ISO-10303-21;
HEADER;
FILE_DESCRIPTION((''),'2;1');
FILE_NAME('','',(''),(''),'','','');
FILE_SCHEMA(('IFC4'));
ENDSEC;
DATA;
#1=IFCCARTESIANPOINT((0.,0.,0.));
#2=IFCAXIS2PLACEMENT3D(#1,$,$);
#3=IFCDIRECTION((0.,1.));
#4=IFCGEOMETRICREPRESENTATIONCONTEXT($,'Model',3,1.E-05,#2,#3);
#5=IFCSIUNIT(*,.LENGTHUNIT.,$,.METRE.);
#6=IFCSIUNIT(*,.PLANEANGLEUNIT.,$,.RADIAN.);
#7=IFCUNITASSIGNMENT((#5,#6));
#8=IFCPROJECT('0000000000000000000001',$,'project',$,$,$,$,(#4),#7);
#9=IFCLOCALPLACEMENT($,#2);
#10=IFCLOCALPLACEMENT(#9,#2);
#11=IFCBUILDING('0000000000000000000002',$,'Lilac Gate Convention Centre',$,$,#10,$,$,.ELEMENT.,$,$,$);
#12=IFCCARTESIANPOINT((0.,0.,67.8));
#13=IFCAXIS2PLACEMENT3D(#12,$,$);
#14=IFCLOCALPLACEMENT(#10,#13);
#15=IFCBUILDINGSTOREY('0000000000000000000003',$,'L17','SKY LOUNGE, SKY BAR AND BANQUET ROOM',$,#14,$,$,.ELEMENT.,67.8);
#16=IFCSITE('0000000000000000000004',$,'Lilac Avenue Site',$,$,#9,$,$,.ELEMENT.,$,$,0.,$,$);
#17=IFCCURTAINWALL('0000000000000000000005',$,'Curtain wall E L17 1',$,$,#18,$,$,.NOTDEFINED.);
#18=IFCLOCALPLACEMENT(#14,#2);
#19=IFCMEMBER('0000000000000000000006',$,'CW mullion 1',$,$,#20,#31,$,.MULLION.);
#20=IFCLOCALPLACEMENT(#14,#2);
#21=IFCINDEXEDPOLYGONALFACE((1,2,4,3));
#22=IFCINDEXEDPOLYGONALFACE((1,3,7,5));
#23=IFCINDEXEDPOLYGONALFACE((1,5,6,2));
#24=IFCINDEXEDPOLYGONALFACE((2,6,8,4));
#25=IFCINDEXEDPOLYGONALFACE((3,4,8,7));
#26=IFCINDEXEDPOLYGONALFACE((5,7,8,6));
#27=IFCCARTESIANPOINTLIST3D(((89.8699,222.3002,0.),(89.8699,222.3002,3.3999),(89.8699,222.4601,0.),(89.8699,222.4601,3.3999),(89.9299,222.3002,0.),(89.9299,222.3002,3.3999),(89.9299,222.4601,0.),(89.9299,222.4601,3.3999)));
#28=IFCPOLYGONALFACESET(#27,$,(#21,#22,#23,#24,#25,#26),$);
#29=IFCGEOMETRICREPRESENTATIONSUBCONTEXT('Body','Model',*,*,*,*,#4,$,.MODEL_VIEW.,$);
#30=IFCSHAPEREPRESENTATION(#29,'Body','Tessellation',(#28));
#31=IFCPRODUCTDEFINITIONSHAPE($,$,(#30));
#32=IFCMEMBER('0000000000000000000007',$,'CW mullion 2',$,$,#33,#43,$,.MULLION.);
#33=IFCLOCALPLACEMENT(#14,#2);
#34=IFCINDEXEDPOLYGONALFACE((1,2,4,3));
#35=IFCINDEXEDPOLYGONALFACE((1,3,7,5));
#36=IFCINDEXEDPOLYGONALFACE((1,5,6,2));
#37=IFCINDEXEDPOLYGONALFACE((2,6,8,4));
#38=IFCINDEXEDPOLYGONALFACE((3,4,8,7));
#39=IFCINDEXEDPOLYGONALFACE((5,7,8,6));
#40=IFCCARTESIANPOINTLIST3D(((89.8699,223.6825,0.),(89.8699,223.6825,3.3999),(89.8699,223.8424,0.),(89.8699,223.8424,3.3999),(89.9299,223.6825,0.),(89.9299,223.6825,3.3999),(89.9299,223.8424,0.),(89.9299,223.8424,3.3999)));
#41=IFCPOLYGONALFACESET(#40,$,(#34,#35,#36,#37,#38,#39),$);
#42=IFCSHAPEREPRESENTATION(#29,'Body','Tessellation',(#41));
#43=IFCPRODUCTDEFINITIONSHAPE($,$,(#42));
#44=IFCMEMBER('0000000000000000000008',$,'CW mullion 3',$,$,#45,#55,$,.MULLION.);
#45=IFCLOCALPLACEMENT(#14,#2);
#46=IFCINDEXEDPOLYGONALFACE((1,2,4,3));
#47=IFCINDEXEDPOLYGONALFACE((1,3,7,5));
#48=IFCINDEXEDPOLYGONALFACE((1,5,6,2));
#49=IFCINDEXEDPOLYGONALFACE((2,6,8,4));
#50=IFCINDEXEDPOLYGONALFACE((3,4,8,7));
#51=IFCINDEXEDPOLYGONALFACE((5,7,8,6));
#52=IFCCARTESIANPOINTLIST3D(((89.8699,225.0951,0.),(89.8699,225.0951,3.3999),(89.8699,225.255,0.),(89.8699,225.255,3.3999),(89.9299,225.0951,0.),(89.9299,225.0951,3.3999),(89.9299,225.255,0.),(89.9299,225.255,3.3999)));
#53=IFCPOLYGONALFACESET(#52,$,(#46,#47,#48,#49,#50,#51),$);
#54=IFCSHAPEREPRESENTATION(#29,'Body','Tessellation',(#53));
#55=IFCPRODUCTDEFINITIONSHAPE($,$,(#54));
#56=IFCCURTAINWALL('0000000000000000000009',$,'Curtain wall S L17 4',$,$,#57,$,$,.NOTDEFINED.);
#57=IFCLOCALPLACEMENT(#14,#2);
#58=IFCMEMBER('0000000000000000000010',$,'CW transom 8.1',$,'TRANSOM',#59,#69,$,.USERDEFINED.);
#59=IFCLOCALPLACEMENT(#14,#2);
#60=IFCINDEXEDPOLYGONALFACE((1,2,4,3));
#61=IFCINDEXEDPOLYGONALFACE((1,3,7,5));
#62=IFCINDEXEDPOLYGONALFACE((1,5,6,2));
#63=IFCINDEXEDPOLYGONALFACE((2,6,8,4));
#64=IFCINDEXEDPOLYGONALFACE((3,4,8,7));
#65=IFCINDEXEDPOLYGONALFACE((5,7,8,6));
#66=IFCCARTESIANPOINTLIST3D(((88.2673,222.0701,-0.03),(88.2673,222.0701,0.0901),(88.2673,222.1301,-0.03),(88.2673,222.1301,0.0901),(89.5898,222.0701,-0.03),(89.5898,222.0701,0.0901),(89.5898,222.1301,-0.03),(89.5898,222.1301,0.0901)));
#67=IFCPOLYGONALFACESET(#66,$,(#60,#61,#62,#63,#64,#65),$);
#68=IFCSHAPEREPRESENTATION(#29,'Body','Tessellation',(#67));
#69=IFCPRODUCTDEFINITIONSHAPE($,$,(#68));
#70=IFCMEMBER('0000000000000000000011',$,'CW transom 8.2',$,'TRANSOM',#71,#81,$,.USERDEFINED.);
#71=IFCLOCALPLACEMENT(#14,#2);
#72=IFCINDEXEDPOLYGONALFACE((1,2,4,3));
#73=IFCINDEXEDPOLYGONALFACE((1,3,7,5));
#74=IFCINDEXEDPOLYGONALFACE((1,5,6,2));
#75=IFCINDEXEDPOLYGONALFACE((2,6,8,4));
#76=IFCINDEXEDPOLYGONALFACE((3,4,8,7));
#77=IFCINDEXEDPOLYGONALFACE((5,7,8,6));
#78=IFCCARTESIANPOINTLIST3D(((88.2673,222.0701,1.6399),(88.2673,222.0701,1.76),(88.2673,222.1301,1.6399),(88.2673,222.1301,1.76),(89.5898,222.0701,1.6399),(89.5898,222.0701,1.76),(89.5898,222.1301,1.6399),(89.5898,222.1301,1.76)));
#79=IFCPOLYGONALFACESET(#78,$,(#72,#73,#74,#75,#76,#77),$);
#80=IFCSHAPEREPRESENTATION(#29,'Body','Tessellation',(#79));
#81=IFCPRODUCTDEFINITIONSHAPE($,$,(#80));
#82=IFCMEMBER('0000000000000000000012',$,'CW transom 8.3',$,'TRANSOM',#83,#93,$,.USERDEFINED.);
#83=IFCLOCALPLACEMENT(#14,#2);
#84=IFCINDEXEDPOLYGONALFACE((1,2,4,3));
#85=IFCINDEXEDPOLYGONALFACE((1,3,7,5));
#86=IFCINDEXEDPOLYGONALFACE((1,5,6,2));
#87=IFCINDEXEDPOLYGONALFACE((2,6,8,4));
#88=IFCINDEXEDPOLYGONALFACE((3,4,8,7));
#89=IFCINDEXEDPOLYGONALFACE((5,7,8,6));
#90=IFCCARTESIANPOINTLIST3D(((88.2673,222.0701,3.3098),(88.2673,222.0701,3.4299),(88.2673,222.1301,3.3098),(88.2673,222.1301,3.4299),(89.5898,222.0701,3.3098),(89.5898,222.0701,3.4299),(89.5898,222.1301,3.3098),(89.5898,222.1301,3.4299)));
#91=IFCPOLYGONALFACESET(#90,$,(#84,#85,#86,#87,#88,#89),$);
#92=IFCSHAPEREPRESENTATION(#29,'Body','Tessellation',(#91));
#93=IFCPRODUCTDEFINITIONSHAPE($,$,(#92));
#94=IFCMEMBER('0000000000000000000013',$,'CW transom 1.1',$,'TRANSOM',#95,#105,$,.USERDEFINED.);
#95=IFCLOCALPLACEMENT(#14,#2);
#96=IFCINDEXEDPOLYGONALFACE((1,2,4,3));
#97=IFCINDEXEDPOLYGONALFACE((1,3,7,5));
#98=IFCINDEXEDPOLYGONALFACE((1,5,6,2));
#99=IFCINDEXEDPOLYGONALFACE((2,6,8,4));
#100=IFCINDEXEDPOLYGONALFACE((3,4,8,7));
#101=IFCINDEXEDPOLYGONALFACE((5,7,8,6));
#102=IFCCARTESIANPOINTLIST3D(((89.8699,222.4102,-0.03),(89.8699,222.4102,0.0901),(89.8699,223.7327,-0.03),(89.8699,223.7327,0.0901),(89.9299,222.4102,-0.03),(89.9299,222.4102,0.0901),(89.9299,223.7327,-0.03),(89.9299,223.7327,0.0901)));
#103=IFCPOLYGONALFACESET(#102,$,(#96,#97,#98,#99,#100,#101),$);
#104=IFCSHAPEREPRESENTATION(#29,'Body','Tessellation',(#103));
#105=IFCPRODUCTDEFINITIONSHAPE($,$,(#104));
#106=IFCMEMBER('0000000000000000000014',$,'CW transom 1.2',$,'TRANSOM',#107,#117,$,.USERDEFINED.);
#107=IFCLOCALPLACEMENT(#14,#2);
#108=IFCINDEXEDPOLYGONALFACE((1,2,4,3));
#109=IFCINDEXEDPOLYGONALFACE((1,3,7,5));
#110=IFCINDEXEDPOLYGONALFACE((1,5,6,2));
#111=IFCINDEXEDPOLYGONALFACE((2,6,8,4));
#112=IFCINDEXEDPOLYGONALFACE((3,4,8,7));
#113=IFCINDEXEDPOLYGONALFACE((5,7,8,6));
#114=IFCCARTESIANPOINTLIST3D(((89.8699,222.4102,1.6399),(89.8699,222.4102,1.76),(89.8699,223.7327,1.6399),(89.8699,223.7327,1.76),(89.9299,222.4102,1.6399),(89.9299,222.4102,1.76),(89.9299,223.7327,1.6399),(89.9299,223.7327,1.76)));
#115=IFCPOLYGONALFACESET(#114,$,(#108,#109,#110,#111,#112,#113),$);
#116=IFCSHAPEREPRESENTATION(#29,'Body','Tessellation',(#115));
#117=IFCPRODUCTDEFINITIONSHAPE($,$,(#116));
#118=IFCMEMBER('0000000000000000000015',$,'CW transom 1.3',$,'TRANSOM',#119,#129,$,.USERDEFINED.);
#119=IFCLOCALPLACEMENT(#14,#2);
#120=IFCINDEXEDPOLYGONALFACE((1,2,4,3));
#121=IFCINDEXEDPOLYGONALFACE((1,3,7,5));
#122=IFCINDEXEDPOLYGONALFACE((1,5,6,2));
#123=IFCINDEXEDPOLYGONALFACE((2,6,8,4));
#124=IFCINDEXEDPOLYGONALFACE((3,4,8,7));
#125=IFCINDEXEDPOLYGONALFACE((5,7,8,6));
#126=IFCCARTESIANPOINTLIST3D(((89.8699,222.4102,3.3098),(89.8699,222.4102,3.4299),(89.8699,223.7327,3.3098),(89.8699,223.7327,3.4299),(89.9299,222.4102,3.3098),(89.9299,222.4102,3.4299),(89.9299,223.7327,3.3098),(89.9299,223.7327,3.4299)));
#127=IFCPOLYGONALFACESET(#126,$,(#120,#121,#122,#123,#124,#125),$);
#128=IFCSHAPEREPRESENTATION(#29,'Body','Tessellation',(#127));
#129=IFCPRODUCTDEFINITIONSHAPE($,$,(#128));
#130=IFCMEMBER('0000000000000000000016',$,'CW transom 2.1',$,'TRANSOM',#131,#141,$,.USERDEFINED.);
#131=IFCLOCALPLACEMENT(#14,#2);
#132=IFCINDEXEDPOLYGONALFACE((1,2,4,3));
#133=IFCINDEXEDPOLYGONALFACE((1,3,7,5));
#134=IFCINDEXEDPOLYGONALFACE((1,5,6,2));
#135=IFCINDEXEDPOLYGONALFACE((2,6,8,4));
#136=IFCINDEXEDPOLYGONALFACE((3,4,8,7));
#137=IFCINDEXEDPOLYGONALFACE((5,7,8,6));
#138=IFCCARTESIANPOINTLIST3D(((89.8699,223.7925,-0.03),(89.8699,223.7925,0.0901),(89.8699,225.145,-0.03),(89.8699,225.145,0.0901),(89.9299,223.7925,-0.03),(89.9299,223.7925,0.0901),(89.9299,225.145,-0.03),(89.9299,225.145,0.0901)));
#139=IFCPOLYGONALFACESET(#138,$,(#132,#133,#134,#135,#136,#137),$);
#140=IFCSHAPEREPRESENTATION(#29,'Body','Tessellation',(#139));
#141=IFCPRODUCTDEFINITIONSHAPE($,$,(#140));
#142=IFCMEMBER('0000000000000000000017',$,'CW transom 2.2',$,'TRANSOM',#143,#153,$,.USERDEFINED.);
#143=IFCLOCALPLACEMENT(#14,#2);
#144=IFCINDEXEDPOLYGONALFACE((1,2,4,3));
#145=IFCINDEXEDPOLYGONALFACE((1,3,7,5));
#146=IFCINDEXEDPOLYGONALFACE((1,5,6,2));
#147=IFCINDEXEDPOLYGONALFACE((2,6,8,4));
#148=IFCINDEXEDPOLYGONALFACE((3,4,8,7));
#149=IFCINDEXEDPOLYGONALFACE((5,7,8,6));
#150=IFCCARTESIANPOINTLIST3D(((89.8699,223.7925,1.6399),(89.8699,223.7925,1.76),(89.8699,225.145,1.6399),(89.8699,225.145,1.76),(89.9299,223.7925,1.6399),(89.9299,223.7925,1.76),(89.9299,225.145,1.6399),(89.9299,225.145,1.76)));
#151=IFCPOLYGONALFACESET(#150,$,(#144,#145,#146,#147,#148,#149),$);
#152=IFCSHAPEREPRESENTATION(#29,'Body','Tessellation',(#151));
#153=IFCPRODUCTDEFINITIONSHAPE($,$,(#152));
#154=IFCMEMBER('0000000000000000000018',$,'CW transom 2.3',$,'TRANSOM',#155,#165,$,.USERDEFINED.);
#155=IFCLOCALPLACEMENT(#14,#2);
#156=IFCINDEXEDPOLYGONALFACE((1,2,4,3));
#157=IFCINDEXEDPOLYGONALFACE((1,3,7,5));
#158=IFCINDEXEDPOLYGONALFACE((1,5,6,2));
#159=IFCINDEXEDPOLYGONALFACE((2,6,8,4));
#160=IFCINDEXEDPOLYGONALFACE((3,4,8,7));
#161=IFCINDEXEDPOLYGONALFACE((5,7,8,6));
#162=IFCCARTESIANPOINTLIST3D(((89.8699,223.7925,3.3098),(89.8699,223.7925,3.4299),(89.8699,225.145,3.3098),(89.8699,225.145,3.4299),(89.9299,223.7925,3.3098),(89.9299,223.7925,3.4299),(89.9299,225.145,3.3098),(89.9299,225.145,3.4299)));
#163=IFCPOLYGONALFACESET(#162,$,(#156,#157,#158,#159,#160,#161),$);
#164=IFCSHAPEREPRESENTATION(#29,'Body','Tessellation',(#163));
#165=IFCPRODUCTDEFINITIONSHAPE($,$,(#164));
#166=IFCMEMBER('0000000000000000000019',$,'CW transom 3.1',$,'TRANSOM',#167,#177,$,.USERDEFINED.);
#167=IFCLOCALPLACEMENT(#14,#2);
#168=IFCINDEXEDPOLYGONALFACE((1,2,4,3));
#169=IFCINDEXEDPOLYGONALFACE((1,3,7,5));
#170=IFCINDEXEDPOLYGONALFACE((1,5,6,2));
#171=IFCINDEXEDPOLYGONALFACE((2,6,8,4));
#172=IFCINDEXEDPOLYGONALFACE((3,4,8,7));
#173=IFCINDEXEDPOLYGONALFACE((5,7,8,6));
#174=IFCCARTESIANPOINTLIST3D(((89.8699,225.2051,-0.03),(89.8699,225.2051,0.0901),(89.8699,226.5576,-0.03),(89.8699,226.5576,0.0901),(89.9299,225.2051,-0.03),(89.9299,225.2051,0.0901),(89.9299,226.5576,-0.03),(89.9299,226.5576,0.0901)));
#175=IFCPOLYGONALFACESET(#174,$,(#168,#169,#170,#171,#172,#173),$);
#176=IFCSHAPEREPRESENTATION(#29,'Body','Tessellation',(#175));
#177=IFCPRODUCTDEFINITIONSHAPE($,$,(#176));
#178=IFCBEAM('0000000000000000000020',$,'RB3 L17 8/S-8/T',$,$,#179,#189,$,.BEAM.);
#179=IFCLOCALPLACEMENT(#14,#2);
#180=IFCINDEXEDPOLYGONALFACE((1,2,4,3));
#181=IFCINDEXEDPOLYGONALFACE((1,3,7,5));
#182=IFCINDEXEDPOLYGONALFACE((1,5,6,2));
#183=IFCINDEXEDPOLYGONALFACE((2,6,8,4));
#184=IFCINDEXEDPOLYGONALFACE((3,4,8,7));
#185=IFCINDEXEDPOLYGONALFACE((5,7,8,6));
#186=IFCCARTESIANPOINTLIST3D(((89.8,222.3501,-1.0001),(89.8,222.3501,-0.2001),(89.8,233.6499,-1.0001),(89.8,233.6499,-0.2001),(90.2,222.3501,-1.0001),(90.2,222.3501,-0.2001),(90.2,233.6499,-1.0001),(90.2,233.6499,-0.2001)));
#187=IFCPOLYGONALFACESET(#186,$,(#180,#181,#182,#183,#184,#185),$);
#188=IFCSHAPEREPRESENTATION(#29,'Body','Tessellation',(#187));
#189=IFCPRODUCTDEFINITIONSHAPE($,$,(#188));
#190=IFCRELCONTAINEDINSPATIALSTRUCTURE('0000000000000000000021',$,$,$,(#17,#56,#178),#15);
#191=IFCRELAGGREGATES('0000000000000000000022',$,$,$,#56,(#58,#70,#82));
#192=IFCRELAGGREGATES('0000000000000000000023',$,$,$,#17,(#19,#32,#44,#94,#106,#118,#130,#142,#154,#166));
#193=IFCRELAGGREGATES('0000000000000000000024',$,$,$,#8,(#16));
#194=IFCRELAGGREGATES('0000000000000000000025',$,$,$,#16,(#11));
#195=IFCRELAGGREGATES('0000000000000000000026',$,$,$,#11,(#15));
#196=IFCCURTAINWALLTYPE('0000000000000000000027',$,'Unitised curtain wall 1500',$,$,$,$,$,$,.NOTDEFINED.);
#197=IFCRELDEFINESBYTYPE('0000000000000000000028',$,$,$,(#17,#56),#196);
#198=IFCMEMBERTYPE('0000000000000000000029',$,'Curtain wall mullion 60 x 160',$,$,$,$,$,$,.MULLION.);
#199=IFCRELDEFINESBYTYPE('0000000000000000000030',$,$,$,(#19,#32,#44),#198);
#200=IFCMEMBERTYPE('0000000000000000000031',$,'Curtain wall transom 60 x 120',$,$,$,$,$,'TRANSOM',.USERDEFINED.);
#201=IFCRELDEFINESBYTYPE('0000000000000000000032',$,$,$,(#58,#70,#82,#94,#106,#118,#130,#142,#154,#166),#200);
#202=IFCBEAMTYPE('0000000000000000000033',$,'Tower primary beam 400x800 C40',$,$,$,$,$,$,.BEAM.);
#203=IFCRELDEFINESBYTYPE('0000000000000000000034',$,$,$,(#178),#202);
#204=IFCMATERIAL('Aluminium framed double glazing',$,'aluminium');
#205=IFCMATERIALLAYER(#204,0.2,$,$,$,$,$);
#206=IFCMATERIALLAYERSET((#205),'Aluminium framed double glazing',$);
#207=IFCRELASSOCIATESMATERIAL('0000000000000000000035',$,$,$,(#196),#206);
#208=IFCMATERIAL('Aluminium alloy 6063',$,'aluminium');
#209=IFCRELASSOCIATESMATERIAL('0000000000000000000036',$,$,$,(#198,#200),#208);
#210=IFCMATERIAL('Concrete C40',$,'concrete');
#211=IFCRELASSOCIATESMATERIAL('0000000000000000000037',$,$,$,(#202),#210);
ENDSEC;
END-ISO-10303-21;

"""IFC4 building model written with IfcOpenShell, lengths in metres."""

from ifc_helpers import new_model, si_unit, direction, frame, origin, origin_2d, place, context, subcontext, project, spatial, rectangle, extrude, material, layer, layer_set, material_profile, profile_set, type_object, element, aggregate, save


model = new_model("IFC4")

# Units and contexts
model_context = context("Model", 3, precision=1e-05, world=origin(), true_north=direction((0.0, 1.0)))
body_context = subcontext(model_context, "Body", "Model", "MODEL_VIEW")
ifc_project = project(units=[si_unit("LENGTHUNIT", "METRE"), si_unit("PLANEANGLEUNIT", "RADIAN")], contexts=[model_context])

# Site, building, storey
site_placement = place(None, origin())
site = spatial("IfcSite", under=ifc_project, at=site_placement, Name="Lilac Avenue Site", CompositionType="ELEMENT", RefElevation=0.0)
building_placement = place(site_placement, origin())
building = spatial("IfcBuilding", under=site, at=building_placement, Name="Lilac Gate Convention Centre", CompositionType="ELEMENT")
storey_placement = place(building_placement, frame((0.0, 0.0, 67.8)))
storey = spatial("IfcBuildingStorey", under=building, at=storey_placement, Name="L17", Description="SKY LOUNGE, SKY BAR AND BANQUET ROOM", CompositionType="ELEMENT", Elevation=67.8)

# Curtain walls, members
ifc_material_1 = material(Name="Aluminium framed double glazing", Category="aluminium")
ifc_layer_1 = layer(ifc_material_1, 0.2)
ifc_layer_set_1 = layer_set([ifc_layer_1], Name="Aluminium framed double glazing")
curtain_wall_type = type_object("IfcCurtainWallType", Name="Unitised curtain wall 1500", PredefinedType="NOTDEFINED", material=ifc_layer_set_1)
curtain_wall_1_placement = place(storey_placement, origin())
curtain_wall_1 = element("IfcCurtainWall", 1, at=curtain_wall_1_placement, inside=storey, type_object=curtain_wall_type, Name="Curtain wall E L17 1", PredefinedType="NOTDEFINED")
ifc_material_2 = material(Name="Aluminium alloy 6063", Category="aluminium")
ifc_material_profile_1 = material_profile(ifc_material_2, rectangle(XDim=0.0601, YDim=0.1599, at=origin_2d()), Name="Curtain wall mullion 60 x 160")
ifc_profile_set_1 = profile_set([ifc_material_profile_1], Name="Aluminium alloy 6063")
member_type_1 = type_object("IfcMemberType", Name="Curtain wall mullion 60 x 160", PredefinedType="MULLION", material=ifc_profile_set_1)
member_1_placement = place(storey_placement, frame((89.8999, 222.3801, 0.0), z_axis=(0.0, 0.0, 1.0), x_axis=(-1.0, 0.0, 0.0)))
member_1 = element("IfcMember", 2, at=member_1_placement, type_object=member_type_1, Name="CW mullion 1", PredefinedType="MULLION", context=body_context, shape_type="SweptSolid", body=[
    extrude(rectangle(XDim=0.0601, YDim=0.1599, at=origin_2d()), origin(), (0.0, 0.0, 1.0), 3.3999),
])
member_2_placement = place(storey_placement, frame((89.8999, 223.7625, 0.0), z_axis=(0.0, 0.0, 1.0), x_axis=(-1.0, 0.0, 0.0)))
member_2 = element("IfcMember", 3, at=member_2_placement, type_object=member_type_1, Name="CW mullion 2", PredefinedType="MULLION", context=body_context, shape_type="SweptSolid", body=[
    extrude(rectangle(XDim=0.0601, YDim=0.1599, at=origin_2d()), origin(), (0.0, 0.0, 1.0), 3.3999),
])
member_3_placement = place(storey_placement, frame((89.8999, 225.175, 0.0), z_axis=(0.0, 0.0, 1.0), x_axis=(-1.0, 0.0, 0.0)))
member_3 = element("IfcMember", 4, at=member_3_placement, type_object=member_type_1, Name="CW mullion 3", PredefinedType="MULLION", context=body_context, shape_type="SweptSolid", body=[
    extrude(rectangle(XDim=0.0601, YDim=0.1599, at=origin_2d()), origin(), (0.0, 0.0, 1.0), 3.3999),
])
curtain_wall_2_placement = place(storey_placement, origin())
curtain_wall_2 = element("IfcCurtainWall", 5, at=curtain_wall_2_placement, inside=storey, type_object=curtain_wall_type, Name="Curtain wall S L17 4", PredefinedType="NOTDEFINED")
ifc_material_profile_2 = material_profile(ifc_material_2, rectangle(XDim=0.0601, YDim=0.1201, at=origin_2d()), Name="Curtain wall transom 60 x 120")
ifc_profile_set_2 = profile_set([ifc_material_profile_2], Name="Aluminium alloy 6063")
member_type_2 = type_object("IfcMemberType", Name="Curtain wall transom 60 x 120", ElementType="TRANSOM", PredefinedType="USERDEFINED", material=ifc_profile_set_2)
member_4_placement = place(storey_placement, frame((88.2673, 222.1001, 0.03), z_axis=(1.0, 0.0, 0.0), x_axis=(0.0, 1.0, 0.0)))
member_4 = element("IfcMember", 6, at=member_4_placement, type_object=member_type_2, Name="CW transom 8.1", ObjectType="TRANSOM", PredefinedType="USERDEFINED", context=body_context, shape_type="SweptSolid", body=[
    extrude(rectangle(XDim=0.0601, YDim=0.1201, at=origin_2d()), origin(), (0.0, 0.0, 1.0), 1.3225),
])
member_5_placement = place(storey_placement, frame((88.2673, 222.1001, 1.7), z_axis=(1.0, 0.0, 0.0), x_axis=(0.0, 1.0, 0.0)))
member_5 = element("IfcMember", 7, at=member_5_placement, type_object=member_type_2, Name="CW transom 8.2", ObjectType="TRANSOM", PredefinedType="USERDEFINED", context=body_context, shape_type="SweptSolid", body=[
    extrude(rectangle(XDim=0.0601, YDim=0.1201, at=origin_2d()), origin(), (0.0, 0.0, 1.0), 1.3225),
])
member_6_placement = place(storey_placement, frame((88.2673, 222.1001, 3.3699), z_axis=(1.0, 0.0, 0.0), x_axis=(0.0, 1.0, 0.0)))
member_6 = element("IfcMember", 8, at=member_6_placement, type_object=member_type_2, Name="CW transom 8.3", ObjectType="TRANSOM", PredefinedType="USERDEFINED", context=body_context, shape_type="SweptSolid", body=[
    extrude(rectangle(XDim=0.0601, YDim=0.1201, at=origin_2d()), origin(), (0.0, 0.0, 1.0), 1.3225),
])

# Members
member_7_placement = place(storey_placement, frame((89.8999, 222.4102, 0.03), z_axis=(0.0, 1.0, 0.0), x_axis=(-1.0, 0.0, 0.0)))
member_7 = element("IfcMember", 9, at=member_7_placement, type_object=member_type_2, Name="CW transom 1.1", ObjectType="TRANSOM", PredefinedType="USERDEFINED", context=body_context, shape_type="SweptSolid", body=[
    extrude(rectangle(XDim=0.0601, YDim=0.1201, at=origin_2d()), origin(), (0.0, 0.0, 1.0), 1.3225),
])
member_8_placement = place(storey_placement, frame((89.8999, 222.4102, 1.7), z_axis=(0.0, 1.0, 0.0), x_axis=(-1.0, 0.0, 0.0)))
member_8 = element("IfcMember", 10, at=member_8_placement, type_object=member_type_2, Name="CW transom 1.2", ObjectType="TRANSOM", PredefinedType="USERDEFINED", context=body_context, shape_type="SweptSolid", body=[
    extrude(rectangle(XDim=0.0601, YDim=0.1201, at=origin_2d()), origin(), (0.0, 0.0, 1.0), 1.3225),
])
member_9_placement = place(storey_placement, frame((89.8999, 222.4102, 3.3699), z_axis=(0.0, 1.0, 0.0), x_axis=(-1.0, 0.0, 0.0)))
member_9 = element("IfcMember", 11, at=member_9_placement, type_object=member_type_2, Name="CW transom 1.3", ObjectType="TRANSOM", PredefinedType="USERDEFINED", context=body_context, shape_type="SweptSolid", body=[
    extrude(rectangle(XDim=0.0601, YDim=0.1201, at=origin_2d()), origin(), (0.0, 0.0, 1.0), 1.3225),
])
member_10_placement = place(storey_placement, frame((89.8999, 223.7925, 0.03), z_axis=(0.0, 1.0, 0.0), x_axis=(-1.0, 0.0, 0.0)))
member_10 = element("IfcMember", 12, at=member_10_placement, type_object=member_type_2, Name="CW transom 2.1", ObjectType="TRANSOM", PredefinedType="USERDEFINED", context=body_context, shape_type="SweptSolid", body=[
    extrude(rectangle(XDim=0.0601, YDim=0.1201, at=origin_2d()), origin(), (0.0, 0.0, 1.0), 1.3525),
])
member_11_placement = place(storey_placement, frame((89.8999, 223.7925, 1.7), z_axis=(0.0, 1.0, 0.0), x_axis=(-1.0, 0.0, 0.0)))
member_11 = element("IfcMember", 13, at=member_11_placement, type_object=member_type_2, Name="CW transom 2.2", ObjectType="TRANSOM", PredefinedType="USERDEFINED", context=body_context, shape_type="SweptSolid", body=[
    extrude(rectangle(XDim=0.0601, YDim=0.1201, at=origin_2d()), origin(), (0.0, 0.0, 1.0), 1.3525),
])
member_12_placement = place(storey_placement, frame((89.8999, 223.7925, 3.3699), z_axis=(0.0, 1.0, 0.0), x_axis=(-1.0, 0.0, 0.0)))
member_12 = element("IfcMember", 14, at=member_12_placement, type_object=member_type_2, Name="CW transom 2.3", ObjectType="TRANSOM", PredefinedType="USERDEFINED", context=body_context, shape_type="SweptSolid", body=[
    extrude(rectangle(XDim=0.0601, YDim=0.1201, at=origin_2d()), origin(), (0.0, 0.0, 1.0), 1.3525),
])
member_13_placement = place(storey_placement, frame((89.8999, 225.2051, 0.03), z_axis=(0.0, 1.0, 0.0), x_axis=(-1.0, 0.0, 0.0)))
member_13 = element("IfcMember", 15, at=member_13_placement, type_object=member_type_2, Name="CW transom 3.1", ObjectType="TRANSOM", PredefinedType="USERDEFINED", context=body_context, shape_type="SweptSolid", body=[
    extrude(rectangle(XDim=0.0601, YDim=0.1201, at=origin_2d()), origin(), (0.0, 0.0, 1.0), 1.3525),
])

# Beam
ifc_material_3 = material(Name="Concrete C40", Category="concrete")
ifc_material_profile_3 = material_profile(ifc_material_3, rectangle(XDim=0.3999, YDim=0.8, at=origin_2d()), Name="RC 400x800")
ifc_profile_set_3 = profile_set([ifc_material_profile_3], Name="Concrete C40")
beam_type = type_object("IfcBeamType", Name="Tower primary beam 400x800 C40", PredefinedType="BEAM", material=ifc_profile_set_3)
for number, where, z_axis, x_axis, name in (
    (16, (90.0, 222.3501, -0.6001), (0.0, 1.0, 0.0), (-1.0, 0.0, 0.0), "RB3 L17 8/S-8/T"),
):
    element("IfcBeam", number, at=place(storey_placement, frame(where, z_axis=z_axis, x_axis=x_axis)), inside=storey, type_object=beam_type, Name=name, PredefinedType="BEAM", context=body_context, shape_type="SweptSolid", body=[
        extrude(rectangle(XDim=0.3999, YDim=0.8, at=origin_2d()), origin(), (0.0, 0.0, 1.0), 11.2998),
    ])

aggregate(curtain_wall_2, [member_4, member_5, member_6])
aggregate(curtain_wall_1, [member_1, member_2, member_3, member_7, member_8, member_9, member_10, member_11, member_12, member_13])

save(model, "model.ifc")
